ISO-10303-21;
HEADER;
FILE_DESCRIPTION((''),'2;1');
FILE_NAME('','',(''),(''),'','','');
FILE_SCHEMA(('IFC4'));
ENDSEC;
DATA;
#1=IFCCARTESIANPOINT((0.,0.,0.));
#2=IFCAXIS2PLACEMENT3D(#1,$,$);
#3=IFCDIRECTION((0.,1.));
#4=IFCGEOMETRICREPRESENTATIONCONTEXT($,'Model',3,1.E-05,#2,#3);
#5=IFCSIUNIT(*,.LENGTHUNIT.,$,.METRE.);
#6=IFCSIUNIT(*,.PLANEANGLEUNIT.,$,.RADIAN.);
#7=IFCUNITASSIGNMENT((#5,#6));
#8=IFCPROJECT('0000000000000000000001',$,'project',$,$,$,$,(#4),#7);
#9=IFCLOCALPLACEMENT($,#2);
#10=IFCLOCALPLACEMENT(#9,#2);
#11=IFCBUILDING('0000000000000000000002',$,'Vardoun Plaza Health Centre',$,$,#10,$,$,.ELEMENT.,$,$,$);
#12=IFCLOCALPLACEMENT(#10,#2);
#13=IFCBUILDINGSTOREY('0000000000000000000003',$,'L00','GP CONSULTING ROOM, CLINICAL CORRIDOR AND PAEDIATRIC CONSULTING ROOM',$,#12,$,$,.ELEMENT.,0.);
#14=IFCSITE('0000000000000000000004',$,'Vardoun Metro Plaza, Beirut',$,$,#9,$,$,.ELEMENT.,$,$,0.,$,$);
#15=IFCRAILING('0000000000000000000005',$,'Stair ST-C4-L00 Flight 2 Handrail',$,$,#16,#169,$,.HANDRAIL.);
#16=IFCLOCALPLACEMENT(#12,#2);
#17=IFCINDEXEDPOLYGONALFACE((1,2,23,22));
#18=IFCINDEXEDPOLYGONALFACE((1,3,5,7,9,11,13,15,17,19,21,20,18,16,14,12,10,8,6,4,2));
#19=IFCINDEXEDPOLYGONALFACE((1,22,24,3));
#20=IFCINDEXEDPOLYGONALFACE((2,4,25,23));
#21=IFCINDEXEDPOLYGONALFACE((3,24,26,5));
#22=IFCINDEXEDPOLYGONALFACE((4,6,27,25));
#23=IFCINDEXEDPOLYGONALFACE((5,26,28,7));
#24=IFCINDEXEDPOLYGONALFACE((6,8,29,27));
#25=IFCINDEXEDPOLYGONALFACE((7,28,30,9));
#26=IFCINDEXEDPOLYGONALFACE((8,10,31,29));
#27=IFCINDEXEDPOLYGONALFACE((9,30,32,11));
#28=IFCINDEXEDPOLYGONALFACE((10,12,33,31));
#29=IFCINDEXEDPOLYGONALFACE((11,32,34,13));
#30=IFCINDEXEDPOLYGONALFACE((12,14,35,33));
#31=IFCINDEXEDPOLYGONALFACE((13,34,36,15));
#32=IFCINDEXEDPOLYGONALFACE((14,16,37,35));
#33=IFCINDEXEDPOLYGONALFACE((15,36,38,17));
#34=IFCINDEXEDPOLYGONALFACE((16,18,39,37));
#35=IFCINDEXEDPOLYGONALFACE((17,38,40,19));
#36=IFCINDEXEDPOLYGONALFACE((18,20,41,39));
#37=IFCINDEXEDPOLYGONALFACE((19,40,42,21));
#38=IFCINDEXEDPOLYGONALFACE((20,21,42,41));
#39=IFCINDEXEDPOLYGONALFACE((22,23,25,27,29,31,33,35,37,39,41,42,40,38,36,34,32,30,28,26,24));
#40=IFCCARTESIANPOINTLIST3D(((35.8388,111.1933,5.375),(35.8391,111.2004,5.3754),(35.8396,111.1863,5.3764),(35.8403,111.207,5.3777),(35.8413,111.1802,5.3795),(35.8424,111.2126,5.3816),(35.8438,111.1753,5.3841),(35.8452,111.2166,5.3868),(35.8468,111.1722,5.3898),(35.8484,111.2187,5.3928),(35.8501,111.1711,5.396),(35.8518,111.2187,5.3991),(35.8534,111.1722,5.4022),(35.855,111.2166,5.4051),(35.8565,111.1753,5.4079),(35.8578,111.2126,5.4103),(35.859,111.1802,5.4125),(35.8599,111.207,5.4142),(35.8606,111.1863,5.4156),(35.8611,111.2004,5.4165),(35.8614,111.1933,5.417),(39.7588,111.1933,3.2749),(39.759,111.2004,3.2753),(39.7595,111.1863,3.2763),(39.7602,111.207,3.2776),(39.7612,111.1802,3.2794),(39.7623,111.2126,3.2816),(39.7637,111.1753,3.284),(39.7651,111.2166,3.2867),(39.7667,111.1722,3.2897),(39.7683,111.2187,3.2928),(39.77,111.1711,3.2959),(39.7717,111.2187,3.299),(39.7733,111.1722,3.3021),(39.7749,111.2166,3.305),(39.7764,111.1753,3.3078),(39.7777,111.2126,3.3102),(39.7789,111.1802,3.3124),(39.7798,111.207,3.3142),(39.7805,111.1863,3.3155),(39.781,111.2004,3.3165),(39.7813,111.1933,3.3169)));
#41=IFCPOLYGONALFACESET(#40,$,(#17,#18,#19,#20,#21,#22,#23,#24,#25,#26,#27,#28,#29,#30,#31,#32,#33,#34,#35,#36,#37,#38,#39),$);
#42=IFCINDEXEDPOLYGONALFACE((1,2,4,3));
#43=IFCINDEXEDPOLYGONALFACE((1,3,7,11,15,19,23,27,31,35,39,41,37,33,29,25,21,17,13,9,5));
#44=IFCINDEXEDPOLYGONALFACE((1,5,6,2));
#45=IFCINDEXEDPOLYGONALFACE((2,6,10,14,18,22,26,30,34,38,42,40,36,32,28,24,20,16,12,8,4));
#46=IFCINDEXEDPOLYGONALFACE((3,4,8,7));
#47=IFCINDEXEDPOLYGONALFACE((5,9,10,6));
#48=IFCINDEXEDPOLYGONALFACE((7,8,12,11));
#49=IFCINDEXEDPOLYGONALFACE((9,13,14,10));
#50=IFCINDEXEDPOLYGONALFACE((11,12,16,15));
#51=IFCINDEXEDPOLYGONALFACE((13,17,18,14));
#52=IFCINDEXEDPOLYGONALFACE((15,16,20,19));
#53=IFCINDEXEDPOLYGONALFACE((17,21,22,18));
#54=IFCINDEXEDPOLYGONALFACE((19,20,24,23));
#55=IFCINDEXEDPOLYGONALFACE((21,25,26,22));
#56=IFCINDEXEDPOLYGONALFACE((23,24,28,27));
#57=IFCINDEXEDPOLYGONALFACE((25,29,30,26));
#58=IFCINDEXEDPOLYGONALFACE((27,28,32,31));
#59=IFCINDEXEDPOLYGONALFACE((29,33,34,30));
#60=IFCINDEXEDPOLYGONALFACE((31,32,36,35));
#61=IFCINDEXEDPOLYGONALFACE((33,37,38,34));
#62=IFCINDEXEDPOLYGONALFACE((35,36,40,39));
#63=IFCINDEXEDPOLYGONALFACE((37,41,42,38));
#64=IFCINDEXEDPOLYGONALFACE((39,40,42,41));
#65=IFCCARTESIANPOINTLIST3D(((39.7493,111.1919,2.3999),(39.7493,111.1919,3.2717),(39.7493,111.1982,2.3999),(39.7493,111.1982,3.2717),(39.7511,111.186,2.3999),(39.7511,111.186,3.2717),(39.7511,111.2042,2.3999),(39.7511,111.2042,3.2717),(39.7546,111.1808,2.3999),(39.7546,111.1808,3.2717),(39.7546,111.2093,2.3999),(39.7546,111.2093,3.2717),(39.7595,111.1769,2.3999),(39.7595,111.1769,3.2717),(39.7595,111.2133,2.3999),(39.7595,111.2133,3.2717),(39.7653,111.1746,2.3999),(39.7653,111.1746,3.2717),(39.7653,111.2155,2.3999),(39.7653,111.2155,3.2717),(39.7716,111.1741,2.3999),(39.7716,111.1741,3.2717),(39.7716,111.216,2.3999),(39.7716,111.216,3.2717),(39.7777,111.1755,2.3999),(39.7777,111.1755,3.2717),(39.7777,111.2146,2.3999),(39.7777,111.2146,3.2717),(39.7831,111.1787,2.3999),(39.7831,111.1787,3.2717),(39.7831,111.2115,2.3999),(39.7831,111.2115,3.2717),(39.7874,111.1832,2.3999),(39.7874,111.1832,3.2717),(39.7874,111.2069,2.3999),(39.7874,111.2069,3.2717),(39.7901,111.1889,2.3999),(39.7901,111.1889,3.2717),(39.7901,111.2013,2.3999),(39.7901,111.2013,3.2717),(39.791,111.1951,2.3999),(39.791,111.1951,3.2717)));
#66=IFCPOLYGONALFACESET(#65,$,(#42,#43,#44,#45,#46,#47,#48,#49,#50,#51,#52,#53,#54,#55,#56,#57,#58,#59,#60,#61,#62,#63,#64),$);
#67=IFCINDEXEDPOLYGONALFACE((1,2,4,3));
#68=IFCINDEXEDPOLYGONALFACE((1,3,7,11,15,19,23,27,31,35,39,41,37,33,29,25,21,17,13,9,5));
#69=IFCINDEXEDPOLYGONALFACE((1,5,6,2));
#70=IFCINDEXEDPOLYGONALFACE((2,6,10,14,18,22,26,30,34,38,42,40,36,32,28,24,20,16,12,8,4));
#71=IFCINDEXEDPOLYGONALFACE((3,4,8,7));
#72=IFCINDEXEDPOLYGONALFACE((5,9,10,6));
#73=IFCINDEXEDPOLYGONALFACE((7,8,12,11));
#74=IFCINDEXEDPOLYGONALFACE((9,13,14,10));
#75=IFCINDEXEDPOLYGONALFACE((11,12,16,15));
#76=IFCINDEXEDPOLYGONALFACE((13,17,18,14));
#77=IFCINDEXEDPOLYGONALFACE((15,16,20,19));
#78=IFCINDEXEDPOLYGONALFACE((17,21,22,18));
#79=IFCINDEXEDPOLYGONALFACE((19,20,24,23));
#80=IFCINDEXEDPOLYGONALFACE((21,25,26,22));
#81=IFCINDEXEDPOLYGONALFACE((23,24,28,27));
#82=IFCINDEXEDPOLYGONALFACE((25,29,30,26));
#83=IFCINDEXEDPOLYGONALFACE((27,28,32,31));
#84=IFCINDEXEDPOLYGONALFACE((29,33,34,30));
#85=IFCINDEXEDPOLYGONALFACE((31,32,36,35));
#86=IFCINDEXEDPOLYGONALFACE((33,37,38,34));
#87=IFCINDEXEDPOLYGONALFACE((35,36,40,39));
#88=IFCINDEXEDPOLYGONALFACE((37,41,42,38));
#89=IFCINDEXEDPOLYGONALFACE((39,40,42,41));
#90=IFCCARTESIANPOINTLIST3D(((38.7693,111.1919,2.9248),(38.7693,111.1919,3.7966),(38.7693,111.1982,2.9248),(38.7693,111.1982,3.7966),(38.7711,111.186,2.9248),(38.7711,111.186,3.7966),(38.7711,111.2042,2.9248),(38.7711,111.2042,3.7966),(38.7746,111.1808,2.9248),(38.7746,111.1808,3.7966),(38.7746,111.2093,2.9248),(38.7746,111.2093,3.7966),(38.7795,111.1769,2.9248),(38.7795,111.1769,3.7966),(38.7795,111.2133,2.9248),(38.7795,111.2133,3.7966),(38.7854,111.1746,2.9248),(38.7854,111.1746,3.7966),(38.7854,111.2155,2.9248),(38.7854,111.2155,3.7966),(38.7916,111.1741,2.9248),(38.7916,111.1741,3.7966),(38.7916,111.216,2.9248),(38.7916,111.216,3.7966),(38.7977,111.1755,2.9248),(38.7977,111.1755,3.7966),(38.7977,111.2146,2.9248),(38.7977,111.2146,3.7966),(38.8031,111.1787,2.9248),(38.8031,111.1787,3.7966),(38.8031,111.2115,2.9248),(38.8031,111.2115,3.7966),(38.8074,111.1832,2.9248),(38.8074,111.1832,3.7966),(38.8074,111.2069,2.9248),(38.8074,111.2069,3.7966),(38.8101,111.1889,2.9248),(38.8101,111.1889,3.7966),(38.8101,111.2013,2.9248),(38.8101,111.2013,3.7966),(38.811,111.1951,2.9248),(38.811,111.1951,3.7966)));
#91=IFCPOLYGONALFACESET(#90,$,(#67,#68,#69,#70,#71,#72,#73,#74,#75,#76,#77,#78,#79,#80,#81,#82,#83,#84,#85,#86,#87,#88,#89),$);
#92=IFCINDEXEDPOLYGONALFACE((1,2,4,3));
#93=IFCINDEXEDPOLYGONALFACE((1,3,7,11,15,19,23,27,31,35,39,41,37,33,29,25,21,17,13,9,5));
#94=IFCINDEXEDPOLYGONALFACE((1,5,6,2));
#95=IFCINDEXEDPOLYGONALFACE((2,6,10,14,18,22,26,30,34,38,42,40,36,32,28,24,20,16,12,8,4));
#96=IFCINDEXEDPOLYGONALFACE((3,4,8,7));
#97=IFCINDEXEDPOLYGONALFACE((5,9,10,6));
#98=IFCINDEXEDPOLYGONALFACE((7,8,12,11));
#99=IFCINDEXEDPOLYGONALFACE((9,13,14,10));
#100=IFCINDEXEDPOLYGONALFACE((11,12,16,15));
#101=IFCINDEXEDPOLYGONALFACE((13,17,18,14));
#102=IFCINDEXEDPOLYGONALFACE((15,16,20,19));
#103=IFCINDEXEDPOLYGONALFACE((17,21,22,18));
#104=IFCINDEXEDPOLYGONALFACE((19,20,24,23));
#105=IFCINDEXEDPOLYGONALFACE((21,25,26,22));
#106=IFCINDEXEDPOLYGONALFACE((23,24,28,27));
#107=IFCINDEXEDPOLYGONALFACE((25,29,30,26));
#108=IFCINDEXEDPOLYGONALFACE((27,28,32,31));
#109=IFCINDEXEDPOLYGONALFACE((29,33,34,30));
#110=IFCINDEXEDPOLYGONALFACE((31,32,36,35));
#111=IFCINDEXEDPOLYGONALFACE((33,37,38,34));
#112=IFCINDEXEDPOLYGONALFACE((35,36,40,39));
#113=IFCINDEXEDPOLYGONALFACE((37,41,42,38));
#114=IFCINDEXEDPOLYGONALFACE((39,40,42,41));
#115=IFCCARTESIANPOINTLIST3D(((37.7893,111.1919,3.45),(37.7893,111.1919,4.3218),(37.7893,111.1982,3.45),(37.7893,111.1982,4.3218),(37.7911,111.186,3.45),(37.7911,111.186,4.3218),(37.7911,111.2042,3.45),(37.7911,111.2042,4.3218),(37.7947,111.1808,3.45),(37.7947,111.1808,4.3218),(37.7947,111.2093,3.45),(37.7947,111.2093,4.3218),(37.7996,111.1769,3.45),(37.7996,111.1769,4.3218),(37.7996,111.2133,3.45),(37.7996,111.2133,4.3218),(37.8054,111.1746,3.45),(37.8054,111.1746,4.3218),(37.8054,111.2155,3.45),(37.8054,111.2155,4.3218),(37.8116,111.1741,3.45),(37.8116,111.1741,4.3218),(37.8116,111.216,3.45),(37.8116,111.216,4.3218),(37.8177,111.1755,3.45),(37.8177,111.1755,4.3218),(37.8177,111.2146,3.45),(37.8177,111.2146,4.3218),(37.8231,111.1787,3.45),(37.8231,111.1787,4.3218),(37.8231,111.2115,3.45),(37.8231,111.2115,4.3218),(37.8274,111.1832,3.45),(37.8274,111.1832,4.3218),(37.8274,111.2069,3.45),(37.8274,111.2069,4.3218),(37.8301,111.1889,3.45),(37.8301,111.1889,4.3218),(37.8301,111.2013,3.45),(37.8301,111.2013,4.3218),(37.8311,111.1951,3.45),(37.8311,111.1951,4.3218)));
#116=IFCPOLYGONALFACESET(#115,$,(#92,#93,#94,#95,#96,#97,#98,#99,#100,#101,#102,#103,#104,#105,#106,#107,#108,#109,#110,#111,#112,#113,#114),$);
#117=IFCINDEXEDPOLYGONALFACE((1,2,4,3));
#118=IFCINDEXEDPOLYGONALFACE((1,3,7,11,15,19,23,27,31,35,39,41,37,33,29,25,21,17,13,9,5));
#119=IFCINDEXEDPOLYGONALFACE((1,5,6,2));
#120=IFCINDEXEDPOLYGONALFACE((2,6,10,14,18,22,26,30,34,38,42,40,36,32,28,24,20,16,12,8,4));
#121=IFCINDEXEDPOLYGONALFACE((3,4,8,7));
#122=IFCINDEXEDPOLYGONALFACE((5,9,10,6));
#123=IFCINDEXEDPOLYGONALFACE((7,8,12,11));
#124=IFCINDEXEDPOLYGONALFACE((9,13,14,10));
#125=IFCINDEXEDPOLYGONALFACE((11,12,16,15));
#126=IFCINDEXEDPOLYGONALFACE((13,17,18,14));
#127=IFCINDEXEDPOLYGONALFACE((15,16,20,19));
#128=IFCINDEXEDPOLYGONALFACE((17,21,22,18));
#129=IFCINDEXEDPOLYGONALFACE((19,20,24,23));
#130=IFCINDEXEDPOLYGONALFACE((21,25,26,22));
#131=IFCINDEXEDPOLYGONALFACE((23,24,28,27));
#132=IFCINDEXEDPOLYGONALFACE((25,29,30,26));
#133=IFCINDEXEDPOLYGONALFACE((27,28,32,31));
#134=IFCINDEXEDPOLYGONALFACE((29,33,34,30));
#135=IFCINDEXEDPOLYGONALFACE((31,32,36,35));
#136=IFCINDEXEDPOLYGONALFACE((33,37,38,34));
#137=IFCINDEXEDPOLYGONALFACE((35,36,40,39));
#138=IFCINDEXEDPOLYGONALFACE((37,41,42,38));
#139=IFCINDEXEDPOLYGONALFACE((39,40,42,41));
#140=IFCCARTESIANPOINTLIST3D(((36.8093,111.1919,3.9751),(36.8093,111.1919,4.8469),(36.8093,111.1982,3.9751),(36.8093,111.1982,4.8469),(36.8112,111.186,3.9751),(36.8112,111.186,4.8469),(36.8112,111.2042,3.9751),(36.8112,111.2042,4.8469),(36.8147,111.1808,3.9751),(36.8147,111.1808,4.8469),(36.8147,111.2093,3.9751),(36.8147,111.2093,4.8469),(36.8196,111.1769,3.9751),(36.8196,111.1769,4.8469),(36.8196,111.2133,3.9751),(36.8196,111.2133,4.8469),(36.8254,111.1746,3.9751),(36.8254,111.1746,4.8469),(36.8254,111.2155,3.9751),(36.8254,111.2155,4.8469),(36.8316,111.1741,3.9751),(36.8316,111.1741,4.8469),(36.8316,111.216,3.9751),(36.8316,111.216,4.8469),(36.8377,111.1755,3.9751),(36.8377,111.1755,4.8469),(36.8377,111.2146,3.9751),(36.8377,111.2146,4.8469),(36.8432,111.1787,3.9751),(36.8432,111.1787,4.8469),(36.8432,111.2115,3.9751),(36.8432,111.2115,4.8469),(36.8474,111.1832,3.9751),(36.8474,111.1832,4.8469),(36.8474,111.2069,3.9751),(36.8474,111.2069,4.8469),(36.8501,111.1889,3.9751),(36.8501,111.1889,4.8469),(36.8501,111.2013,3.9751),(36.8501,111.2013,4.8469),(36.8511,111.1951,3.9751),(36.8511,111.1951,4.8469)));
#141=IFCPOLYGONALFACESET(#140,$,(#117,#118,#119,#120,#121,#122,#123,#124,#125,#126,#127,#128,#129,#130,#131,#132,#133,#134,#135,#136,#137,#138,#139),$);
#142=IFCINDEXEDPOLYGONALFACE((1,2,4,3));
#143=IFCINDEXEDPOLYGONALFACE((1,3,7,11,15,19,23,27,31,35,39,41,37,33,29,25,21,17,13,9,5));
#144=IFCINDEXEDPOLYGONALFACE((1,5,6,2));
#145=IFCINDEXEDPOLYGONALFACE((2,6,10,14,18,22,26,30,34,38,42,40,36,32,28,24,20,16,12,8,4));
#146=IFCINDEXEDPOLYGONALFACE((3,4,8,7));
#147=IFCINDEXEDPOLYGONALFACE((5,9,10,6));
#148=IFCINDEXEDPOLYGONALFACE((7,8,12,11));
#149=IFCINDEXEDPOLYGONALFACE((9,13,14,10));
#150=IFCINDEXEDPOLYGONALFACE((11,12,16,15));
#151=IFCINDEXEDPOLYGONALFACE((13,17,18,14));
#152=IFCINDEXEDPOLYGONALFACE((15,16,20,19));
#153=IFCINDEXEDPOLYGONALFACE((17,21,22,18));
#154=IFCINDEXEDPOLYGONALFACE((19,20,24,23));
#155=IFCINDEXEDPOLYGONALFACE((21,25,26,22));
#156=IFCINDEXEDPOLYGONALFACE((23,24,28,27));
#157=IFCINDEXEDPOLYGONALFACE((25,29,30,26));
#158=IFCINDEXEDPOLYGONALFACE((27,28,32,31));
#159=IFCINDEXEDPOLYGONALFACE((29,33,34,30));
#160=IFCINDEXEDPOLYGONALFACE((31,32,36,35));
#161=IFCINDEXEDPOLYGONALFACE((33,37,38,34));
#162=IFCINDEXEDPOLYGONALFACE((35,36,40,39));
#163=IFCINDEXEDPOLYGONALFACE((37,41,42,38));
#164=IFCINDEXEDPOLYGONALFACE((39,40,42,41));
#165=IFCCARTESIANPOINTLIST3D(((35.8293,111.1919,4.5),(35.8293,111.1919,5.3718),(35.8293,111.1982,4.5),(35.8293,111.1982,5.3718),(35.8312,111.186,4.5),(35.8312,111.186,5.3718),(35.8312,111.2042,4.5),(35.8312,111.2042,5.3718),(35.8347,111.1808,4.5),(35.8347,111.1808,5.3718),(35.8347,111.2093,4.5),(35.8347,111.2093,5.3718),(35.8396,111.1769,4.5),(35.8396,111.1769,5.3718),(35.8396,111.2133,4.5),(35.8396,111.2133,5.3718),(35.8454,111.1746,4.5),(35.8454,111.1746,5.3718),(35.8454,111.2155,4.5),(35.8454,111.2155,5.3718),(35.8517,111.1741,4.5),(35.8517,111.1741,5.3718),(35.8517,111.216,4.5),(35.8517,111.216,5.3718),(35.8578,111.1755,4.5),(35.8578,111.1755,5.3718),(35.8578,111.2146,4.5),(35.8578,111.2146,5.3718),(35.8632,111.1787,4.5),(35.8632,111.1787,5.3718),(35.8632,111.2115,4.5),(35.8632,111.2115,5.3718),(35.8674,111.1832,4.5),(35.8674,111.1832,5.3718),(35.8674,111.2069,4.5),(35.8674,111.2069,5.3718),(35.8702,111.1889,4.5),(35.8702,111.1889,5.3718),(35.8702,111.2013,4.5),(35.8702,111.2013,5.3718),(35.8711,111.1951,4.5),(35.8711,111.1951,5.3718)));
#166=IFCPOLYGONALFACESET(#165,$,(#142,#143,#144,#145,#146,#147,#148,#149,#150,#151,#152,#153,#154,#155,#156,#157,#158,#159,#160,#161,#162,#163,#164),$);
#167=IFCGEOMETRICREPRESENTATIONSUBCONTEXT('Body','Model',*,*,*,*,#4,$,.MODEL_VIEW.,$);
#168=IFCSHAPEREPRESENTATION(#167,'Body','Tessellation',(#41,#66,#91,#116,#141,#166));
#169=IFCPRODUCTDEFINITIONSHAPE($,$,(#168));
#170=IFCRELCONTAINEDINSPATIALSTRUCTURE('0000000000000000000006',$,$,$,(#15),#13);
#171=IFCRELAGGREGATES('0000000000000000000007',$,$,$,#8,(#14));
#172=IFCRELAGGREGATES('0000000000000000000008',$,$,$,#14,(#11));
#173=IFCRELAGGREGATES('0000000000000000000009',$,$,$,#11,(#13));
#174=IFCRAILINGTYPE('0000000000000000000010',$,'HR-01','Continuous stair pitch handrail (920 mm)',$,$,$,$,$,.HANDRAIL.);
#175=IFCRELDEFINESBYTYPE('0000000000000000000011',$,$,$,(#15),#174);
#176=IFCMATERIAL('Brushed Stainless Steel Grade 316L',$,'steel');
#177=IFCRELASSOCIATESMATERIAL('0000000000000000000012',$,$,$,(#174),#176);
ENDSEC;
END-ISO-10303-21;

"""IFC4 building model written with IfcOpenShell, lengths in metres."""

from ifc_helpers import new_model, si_unit, direction, frame, origin, origin_2d, place, context, subcontext, project, spatial, circle, extrude, material, type_object, element, save


model = new_model("IFC4")

# Units and contexts
model_context = context("Model", 3, precision=1e-05, world=origin(), true_north=direction((0.0, 1.0)))
body_context = subcontext(model_context, "Body", "Model", "MODEL_VIEW")
ifc_project = project(units=[si_unit("LENGTHUNIT", "METRE"), si_unit("PLANEANGLEUNIT", "RADIAN")], contexts=[model_context])

# Site, building, storey
site_placement = place(None, origin())
site = spatial("IfcSite", under=ifc_project, at=site_placement, Name="Vardoun Metro Plaza, Beirut", CompositionType="ELEMENT", RefElevation=0.0)
building_placement = place(site_placement, origin())
building = spatial("IfcBuilding", under=site, at=building_placement, Name="Vardoun Plaza Health Centre", CompositionType="ELEMENT")
storey_placement = place(building_placement, origin())
storey = spatial("IfcBuildingStorey", under=building, at=storey_placement, Name="L00", Description="GP CONSULTING ROOM, CLINICAL CORRIDOR AND PAEDIATRIC CONSULTING ROOM", CompositionType="ELEMENT", Elevation=0.0)

# Railing
ifc_material_1 = material(Name="Brushed Stainless Steel Grade 316L", Category="steel")
railing_type_1 = type_object("IfcRailingType", Name="HR-01", Description="Continuous stair pitch handrail (920 mm)", PredefinedType="HANDRAIL", material=ifc_material_1)
railing_1_placement = place(storey_placement, frame((39.77, 111.1951, 2.3999)))
element("IfcRailing", 1, at=railing_1_placement, inside=storey, type_object=railing_type_1, Name="Stair ST-C4-L00 Flight 2 Handrail", PredefinedType="HANDRAIL", context=body_context, shape_type="SweptSolid", body=[
    extrude(circle(Radius=0.0239, at=origin_2d()), frame((0.0, 0.0, 0.896), z_axis=(-0.881467, 0.0, 0.472246), x_axis=(0.0, -1.0, 0.0)), (0.0, 0.0, 1.0), 4.447),
    extrude(circle(Radius=0.021, at=origin_2d()), origin(), (0.0, 0.0, 1.0), 0.8718),
    extrude(circle(Radius=0.021, at=origin_2d()), frame((-0.98, 0.0, 0.5249)), (0.0, 0.0, 1.0), 0.8718),
    extrude(circle(Radius=0.021, at=origin_2d()), frame((-1.96, 0.0, 1.05)), (0.0, 0.0, 1.0), 0.8718),
    extrude(circle(Radius=0.021, at=origin_2d()), frame((-2.9399, 0.0, 1.5752)), (0.0, 0.0, 1.0), 0.8718),
    extrude(circle(Radius=0.021, at=origin_2d()), frame((-3.9199, 0.0, 2.1001)), (0.0, 0.0, 1.0), 0.8718),
])

save(model, "model.ifc")
